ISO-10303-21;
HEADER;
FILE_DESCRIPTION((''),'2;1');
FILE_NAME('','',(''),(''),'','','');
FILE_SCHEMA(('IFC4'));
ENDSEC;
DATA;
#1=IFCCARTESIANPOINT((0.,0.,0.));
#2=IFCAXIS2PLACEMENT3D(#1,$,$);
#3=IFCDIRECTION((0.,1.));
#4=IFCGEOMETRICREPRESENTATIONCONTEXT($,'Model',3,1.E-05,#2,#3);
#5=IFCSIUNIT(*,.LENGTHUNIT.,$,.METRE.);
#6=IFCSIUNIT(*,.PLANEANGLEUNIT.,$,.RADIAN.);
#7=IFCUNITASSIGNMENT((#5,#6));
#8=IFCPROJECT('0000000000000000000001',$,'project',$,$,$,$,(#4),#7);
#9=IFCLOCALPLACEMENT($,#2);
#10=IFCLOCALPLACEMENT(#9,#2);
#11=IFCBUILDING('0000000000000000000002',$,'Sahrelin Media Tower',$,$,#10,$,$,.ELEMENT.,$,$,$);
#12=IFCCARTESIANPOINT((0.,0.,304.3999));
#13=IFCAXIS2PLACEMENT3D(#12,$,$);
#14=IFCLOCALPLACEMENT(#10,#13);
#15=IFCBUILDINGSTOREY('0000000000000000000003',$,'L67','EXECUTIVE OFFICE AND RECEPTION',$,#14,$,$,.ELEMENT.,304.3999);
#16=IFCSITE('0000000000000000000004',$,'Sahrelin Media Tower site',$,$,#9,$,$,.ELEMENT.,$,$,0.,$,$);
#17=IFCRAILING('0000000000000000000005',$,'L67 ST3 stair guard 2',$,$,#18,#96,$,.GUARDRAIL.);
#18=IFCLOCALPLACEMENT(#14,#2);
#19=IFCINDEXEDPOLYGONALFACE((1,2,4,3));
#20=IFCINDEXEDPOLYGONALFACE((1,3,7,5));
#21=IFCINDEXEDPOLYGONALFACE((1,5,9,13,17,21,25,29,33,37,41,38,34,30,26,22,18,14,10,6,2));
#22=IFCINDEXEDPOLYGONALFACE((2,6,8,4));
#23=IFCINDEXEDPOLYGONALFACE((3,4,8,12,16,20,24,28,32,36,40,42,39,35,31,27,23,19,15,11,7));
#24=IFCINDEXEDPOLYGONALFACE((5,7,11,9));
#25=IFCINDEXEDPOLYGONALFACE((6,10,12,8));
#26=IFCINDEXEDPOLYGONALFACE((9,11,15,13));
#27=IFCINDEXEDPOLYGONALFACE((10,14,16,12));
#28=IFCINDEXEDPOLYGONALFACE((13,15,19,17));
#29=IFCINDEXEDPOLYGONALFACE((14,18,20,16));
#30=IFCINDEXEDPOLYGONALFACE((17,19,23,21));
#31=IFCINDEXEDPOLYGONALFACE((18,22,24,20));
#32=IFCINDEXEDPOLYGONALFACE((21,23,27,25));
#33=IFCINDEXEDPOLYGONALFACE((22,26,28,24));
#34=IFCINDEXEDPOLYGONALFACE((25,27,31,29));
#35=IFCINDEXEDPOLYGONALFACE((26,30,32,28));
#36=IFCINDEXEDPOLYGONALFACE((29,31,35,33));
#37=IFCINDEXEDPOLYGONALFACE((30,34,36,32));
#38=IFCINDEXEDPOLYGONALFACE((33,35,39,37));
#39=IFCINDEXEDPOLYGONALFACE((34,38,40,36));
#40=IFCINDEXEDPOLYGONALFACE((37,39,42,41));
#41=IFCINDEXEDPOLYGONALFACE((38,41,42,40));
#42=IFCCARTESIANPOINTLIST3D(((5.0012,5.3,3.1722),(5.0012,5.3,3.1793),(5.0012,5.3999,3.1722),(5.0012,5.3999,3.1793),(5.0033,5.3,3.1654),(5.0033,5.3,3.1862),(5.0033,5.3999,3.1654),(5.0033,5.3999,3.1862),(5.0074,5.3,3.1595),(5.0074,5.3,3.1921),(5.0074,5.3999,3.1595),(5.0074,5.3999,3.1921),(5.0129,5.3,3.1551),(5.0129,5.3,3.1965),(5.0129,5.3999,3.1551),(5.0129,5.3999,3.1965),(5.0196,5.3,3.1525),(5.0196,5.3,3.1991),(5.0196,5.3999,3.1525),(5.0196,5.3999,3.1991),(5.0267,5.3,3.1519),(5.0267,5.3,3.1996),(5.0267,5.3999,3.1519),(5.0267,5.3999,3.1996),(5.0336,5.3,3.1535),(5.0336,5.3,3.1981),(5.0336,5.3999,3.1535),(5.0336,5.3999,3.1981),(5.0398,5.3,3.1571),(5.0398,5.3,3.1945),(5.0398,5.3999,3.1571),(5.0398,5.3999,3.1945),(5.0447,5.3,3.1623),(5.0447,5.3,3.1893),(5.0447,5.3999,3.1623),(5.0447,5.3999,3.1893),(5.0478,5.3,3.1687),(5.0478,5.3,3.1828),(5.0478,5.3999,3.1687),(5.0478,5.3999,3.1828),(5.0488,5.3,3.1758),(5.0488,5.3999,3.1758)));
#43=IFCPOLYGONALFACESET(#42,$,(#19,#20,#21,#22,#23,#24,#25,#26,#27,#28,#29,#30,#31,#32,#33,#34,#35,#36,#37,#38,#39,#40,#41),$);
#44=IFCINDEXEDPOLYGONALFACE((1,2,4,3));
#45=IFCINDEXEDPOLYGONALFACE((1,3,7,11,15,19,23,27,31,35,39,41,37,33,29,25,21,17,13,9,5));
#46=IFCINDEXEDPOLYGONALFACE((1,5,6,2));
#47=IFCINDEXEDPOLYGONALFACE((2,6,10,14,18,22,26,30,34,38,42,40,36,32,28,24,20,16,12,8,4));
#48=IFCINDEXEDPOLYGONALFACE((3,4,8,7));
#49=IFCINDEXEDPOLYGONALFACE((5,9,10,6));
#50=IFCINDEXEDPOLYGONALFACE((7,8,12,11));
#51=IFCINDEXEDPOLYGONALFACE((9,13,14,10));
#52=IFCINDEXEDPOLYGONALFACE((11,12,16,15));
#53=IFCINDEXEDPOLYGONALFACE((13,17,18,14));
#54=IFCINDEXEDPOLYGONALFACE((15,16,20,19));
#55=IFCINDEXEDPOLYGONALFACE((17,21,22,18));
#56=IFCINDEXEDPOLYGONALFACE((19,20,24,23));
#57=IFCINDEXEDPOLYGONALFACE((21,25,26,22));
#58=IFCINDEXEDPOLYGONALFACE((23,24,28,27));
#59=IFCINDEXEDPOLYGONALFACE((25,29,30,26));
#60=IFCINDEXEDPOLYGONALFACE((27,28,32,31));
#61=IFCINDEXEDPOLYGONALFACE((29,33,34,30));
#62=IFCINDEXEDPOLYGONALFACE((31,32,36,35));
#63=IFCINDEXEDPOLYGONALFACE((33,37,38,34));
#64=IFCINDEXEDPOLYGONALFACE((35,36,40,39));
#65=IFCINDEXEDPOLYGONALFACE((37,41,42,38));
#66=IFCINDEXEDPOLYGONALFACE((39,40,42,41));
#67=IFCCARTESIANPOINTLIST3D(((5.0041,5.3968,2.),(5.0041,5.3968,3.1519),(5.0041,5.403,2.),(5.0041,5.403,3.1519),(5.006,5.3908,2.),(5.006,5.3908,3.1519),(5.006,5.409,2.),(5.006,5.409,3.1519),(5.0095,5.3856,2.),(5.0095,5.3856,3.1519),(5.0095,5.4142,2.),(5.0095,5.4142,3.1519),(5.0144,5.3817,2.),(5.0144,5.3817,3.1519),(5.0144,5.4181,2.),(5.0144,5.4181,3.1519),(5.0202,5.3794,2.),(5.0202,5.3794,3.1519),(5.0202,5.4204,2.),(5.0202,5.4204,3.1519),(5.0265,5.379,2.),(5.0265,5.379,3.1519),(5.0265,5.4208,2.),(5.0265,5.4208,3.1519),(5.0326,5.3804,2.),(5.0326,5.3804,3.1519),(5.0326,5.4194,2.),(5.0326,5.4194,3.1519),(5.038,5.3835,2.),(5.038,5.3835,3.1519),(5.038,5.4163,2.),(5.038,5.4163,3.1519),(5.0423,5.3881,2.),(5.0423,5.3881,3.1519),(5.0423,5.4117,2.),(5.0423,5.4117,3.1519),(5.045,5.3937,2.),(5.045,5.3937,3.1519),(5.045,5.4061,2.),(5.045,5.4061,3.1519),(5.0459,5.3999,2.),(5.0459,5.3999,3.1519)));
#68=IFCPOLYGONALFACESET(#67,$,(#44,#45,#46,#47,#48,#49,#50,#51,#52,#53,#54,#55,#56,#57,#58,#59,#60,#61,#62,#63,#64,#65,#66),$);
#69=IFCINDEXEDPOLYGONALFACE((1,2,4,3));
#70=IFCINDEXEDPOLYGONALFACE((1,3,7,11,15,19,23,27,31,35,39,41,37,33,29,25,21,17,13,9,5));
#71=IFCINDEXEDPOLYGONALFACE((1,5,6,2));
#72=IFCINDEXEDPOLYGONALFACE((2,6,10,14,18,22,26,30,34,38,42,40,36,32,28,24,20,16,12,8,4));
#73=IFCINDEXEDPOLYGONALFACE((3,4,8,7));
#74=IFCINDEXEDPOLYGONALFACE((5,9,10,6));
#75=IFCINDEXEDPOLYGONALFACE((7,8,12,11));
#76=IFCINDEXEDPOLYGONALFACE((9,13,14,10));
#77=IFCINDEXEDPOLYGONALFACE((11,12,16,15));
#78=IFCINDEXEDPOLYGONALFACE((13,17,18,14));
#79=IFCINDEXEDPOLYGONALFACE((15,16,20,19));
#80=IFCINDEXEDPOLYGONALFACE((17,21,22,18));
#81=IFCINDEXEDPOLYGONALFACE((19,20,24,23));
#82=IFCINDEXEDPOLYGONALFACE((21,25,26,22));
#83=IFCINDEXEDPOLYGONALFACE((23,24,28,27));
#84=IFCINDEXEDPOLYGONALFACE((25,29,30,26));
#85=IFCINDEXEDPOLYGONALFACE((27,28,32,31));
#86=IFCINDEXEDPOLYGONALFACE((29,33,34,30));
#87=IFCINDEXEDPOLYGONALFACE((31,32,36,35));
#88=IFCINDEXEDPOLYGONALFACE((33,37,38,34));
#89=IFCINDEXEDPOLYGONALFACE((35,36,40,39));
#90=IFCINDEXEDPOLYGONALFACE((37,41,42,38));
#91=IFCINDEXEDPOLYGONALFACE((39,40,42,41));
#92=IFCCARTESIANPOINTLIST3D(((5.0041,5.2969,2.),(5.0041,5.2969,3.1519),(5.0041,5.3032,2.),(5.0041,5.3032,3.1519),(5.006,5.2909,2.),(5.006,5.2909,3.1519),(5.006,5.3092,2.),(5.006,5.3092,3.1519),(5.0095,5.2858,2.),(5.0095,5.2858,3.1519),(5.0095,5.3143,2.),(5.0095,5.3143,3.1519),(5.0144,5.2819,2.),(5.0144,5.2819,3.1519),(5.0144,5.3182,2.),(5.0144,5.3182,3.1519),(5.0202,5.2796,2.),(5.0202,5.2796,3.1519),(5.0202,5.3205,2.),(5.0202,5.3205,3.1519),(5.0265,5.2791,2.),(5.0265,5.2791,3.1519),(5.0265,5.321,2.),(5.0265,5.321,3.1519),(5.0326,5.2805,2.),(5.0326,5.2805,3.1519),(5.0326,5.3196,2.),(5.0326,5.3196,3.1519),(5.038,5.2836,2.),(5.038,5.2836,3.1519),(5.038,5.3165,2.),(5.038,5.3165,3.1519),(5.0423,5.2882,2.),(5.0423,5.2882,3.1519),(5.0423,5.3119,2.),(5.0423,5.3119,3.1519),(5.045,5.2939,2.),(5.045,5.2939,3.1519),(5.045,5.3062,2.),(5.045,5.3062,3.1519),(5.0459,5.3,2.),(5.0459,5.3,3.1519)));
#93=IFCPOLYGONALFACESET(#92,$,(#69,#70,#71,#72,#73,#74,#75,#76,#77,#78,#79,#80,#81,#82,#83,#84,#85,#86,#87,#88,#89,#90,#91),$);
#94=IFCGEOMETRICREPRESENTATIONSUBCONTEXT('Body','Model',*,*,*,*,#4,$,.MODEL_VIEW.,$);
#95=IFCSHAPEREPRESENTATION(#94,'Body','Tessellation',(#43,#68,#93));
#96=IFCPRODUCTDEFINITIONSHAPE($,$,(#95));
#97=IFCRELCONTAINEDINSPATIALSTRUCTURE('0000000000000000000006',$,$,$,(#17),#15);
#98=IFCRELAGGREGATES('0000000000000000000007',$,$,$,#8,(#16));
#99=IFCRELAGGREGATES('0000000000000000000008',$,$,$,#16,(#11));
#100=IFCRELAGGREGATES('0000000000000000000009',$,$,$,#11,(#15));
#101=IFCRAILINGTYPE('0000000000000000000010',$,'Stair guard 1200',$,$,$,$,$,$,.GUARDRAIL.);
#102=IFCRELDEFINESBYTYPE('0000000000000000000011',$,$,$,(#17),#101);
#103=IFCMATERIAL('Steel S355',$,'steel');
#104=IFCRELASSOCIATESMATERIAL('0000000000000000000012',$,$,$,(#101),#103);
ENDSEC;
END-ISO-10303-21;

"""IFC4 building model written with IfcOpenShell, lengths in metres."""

from ifc_helpers import new_model, si_unit, direction, frame, origin, origin_2d, place, context, subcontext, project, spatial, circle, extrude, material, type_object, element, save


model = new_model("IFC4")

# Units and contexts
model_context = context("Model", 3, precision=1e-05, world=origin(), true_north=direction((0.0, 1.0)))
body_context = subcontext(model_context, "Body", "Model", "MODEL_VIEW")
ifc_project = project(units=[si_unit("LENGTHUNIT", "METRE"), si_unit("PLANEANGLEUNIT", "RADIAN")], contexts=[model_context])

# Site, building, storey
site_placement = place(None, origin())
site = spatial("IfcSite", under=ifc_project, at=site_placement, Name="Sahrelin Media Tower site", CompositionType="ELEMENT", RefElevation=0.0)
building_placement = place(site_placement, origin())
building = spatial("IfcBuilding", under=site, at=building_placement, Name="Sahrelin Media Tower", CompositionType="ELEMENT")
storey_placement = place(building_placement, frame((0.0, 0.0, 304.3999)))
storey = spatial("IfcBuildingStorey", under=building, at=storey_placement, Name="L67", Description="EXECUTIVE OFFICE AND RECEPTION", CompositionType="ELEMENT", Elevation=304.3999)

# Shared definitions
ifc_material_1 = material(Name="Steel S355", Category="steel")

# Railing
railing_type_1 = type_object("IfcRailingType", Name="Stair guard 1200", PredefinedType="GUARDRAIL", material=ifc_material_1)
railing_1_placement = place(storey_placement, frame((5.0249, 5.3999, 2.0)))
element("IfcRailing", 1, at=railing_1_placement, inside=storey, type_object=railing_type_1, Name="L67 ST3 stair guard 2", PredefinedType="GUARDRAIL", context=body_context, shape_type="SweptSolid", body=[
    extrude(circle(Radius=0.0239, at=origin_2d()), frame((0.0, 0.0, 1.1758), z_axis=(0.0, -1.0, 0.0), x_axis=(1.0, 0.0, 0.0)), (0.0, 0.0, 1.0), 0.0999),
    extrude(circle(Radius=0.021, at=origin_2d()), origin(), (0.0, 0.0, 1.0), 1.1519),
    extrude(circle(Radius=0.021, at=origin_2d()), frame((0.0, -0.0999, 0.0)), (0.0, 0.0, 1.0), 1.1519),
])

save(model, "model.ifc")
